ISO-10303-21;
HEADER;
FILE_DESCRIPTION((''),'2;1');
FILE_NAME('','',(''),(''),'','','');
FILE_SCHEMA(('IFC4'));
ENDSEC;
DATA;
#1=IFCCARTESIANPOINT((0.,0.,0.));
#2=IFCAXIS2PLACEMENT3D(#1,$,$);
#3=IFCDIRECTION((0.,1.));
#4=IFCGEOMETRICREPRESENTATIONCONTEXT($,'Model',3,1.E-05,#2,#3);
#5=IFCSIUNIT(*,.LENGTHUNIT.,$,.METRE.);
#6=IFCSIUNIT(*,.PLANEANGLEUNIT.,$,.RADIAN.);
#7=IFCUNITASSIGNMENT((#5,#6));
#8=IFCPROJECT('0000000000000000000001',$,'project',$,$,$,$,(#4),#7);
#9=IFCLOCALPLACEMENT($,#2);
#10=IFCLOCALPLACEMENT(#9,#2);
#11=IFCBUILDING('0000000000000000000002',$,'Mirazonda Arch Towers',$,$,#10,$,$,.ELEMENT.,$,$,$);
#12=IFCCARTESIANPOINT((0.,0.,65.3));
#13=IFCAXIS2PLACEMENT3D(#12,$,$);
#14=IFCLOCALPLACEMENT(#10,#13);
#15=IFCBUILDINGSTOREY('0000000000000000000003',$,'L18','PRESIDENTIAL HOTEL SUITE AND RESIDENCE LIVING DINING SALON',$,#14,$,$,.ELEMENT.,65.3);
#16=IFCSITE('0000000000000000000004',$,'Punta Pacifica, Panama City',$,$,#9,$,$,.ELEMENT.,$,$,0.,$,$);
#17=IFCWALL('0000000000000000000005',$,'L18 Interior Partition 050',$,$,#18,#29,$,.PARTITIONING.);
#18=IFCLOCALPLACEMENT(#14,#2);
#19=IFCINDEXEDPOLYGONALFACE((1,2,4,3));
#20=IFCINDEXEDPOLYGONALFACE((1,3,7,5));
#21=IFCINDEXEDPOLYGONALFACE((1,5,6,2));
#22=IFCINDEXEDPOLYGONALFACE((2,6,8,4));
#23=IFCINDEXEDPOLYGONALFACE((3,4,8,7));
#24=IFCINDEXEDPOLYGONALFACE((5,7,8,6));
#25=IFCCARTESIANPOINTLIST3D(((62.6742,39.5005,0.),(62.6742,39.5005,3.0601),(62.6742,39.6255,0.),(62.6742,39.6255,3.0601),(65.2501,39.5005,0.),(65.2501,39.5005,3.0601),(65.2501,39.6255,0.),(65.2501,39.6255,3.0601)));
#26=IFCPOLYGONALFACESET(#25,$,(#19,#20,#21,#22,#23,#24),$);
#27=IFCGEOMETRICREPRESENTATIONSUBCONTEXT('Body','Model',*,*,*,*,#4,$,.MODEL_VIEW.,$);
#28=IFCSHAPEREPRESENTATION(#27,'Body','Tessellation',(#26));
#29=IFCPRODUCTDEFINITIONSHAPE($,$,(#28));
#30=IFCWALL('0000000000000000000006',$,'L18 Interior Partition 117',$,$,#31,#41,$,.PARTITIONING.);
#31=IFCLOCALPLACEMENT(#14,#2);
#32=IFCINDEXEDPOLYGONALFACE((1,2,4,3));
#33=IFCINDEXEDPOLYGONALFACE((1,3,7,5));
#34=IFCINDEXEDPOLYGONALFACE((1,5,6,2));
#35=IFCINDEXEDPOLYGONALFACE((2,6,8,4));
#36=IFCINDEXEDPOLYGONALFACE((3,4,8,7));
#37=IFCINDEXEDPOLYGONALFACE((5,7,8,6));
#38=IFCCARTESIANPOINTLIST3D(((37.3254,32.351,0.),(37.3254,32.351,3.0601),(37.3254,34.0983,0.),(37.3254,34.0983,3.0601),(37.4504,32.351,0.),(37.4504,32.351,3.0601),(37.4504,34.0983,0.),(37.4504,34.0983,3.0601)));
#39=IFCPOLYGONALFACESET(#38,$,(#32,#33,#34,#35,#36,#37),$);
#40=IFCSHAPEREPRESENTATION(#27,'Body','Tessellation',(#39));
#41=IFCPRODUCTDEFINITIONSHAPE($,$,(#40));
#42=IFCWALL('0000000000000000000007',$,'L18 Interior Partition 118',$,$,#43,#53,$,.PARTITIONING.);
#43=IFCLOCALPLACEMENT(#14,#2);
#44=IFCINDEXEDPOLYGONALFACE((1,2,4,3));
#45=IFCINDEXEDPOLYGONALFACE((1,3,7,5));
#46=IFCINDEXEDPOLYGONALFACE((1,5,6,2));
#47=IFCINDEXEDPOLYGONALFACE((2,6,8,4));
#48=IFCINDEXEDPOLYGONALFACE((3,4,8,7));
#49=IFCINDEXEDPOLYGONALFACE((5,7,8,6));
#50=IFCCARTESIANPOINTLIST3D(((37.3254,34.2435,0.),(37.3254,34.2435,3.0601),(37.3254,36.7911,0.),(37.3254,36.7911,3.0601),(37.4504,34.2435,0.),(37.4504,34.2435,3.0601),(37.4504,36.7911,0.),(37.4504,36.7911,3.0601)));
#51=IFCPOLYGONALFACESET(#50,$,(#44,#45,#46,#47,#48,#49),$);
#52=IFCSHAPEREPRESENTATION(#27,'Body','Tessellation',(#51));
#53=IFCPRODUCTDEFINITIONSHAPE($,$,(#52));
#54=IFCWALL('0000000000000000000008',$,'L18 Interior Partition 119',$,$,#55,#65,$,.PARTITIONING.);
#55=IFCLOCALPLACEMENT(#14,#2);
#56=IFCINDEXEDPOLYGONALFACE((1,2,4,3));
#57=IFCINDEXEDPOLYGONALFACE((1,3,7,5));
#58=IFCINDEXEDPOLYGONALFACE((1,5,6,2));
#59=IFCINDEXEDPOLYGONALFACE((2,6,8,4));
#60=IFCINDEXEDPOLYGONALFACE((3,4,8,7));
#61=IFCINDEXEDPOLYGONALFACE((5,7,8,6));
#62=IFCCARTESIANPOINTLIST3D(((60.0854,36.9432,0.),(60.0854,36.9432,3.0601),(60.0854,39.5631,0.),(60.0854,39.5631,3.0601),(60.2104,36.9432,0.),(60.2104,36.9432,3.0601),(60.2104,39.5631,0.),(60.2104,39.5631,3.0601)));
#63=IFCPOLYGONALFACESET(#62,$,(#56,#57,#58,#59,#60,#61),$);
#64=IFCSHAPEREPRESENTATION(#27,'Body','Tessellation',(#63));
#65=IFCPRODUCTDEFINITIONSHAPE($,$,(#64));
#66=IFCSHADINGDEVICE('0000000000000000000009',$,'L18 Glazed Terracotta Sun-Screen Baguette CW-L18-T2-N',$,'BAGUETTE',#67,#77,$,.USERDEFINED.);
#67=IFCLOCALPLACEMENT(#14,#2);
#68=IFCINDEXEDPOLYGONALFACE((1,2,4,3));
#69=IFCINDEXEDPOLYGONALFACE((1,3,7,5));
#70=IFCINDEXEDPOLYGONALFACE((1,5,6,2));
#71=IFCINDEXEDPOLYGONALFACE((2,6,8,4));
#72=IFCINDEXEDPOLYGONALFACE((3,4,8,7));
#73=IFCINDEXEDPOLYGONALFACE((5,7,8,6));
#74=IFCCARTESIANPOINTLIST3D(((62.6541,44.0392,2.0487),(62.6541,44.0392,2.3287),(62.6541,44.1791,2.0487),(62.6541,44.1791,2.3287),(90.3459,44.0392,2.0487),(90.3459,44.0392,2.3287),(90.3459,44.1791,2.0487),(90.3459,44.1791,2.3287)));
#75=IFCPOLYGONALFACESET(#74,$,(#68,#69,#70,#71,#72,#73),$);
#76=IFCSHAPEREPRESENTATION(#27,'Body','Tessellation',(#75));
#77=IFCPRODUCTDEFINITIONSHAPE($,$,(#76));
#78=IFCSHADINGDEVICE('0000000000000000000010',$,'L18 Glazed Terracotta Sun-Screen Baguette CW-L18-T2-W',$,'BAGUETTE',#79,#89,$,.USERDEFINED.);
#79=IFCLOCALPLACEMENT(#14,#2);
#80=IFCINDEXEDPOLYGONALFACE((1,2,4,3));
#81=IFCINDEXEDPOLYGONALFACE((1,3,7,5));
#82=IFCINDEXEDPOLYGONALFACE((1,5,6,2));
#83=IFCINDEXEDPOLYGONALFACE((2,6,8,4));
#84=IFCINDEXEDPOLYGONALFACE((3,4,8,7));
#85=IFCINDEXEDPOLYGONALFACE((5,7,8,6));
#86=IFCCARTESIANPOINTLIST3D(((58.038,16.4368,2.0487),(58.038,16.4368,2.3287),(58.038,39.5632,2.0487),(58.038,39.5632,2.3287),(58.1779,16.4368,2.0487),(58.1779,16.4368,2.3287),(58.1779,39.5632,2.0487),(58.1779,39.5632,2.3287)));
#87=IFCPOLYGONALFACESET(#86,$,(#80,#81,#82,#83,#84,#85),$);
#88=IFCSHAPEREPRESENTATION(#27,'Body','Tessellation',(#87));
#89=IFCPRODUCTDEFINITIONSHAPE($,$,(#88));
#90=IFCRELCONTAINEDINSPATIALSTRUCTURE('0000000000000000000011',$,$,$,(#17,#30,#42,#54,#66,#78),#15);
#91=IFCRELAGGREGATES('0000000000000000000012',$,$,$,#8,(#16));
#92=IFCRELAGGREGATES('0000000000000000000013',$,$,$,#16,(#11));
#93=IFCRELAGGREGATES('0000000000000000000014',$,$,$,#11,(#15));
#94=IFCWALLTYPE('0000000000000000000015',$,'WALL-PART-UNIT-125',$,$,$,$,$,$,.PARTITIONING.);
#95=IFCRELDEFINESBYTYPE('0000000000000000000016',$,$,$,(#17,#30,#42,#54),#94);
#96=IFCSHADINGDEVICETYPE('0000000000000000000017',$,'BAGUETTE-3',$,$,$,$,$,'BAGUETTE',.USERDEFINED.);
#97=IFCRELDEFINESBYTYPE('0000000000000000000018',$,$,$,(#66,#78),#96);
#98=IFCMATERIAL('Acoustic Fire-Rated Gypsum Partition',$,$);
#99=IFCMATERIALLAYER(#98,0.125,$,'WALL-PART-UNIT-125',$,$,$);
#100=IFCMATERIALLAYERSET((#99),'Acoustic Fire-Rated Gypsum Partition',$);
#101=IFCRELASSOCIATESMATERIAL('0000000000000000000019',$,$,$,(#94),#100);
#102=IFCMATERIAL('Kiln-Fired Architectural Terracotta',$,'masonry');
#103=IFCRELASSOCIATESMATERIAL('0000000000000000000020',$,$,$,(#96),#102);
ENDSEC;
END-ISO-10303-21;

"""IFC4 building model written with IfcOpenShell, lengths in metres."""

from ifc_helpers import new_model, si_unit, direction, frame, frame_2d, origin, origin_2d, place, context, subcontext, project, spatial, rectangle, extrude, material, layer, layer_set, material_profile, profile_set, type_object, element, save


model = new_model("IFC4")

# Units and contexts
model_context = context("Model", 3, precision=1e-05, world=origin(), true_north=direction((0.0, 1.0)))
body_context = subcontext(model_context, "Body", "Model", "MODEL_VIEW")
ifc_project = project(units=[si_unit("LENGTHUNIT", "METRE"), si_unit("PLANEANGLEUNIT", "RADIAN")], contexts=[model_context])

# Site, building, storey
site_placement = place(None, origin())
site = spatial("IfcSite", under=ifc_project, at=site_placement, Name="Punta Pacifica, Panama City", CompositionType="ELEMENT", RefElevation=0.0)
building_placement = place(site_placement, origin())
building = spatial("IfcBuilding", under=site, at=building_placement, Name="Mirazonda Arch Towers", CompositionType="ELEMENT")
storey_placement = place(building_placement, frame((0.0, 0.0, 65.3)))
storey = spatial("IfcBuildingStorey", under=building, at=storey_placement, Name="L18", Description="PRESIDENTIAL HOTEL SUITE AND RESIDENCE LIVING DINING SALON", CompositionType="ELEMENT", Elevation=65.3)

# Walls
ifc_material_1 = material(Name="Acoustic Fire-Rated Gypsum Partition")
ifc_layer_1 = layer(ifc_material_1, 0.125, Name="WALL-PART-UNIT-125")
ifc_layer_set_1 = layer_set([ifc_layer_1], Name="Acoustic Fire-Rated Gypsum Partition")
wall_type_1 = type_object("IfcWallType", Name="WALL-PART-UNIT-125", PredefinedType="PARTITIONING", material=ifc_layer_set_1)
wall_1_placement = place(storey_placement, frame((62.6741, 39.563, 0.0), z_axis=(0.0, 0.0, 1.0), x_axis=(1.0, 0.0, 0.0)))
element("IfcWall", 1, at=wall_1_placement, inside=storey, type_object=wall_type_1, Name="L18 Interior Partition 050", PredefinedType="PARTITIONING", context=body_context, shape_type="SweptSolid", body=[
    extrude(rectangle(XDim=2.5759, YDim=0.125, at=frame_2d((1.2881, 0.0))), origin(), (0.0, 0.0, 1.0), 3.0601),
])
wall_2_placement = place(storey_placement, frame((37.3879, 32.3511, 0.0), z_axis=(0.0, 0.0, 1.0), x_axis=(0.0, 1.0, 0.0)))
element("IfcWall", 2, at=wall_2_placement, inside=storey, type_object=wall_type_1, Name="L18 Interior Partition 117", PredefinedType="PARTITIONING", context=body_context, shape_type="SweptSolid", body=[
    extrude(rectangle(XDim=1.7473, YDim=0.125, at=frame_2d((0.8735, 0.0))), origin(), (0.0, 0.0, 1.0), 3.0601),
])
wall_3_placement = place(storey_placement, frame((37.3879, 34.2434, 0.0), z_axis=(0.0, 0.0, 1.0), x_axis=(0.0, 1.0, 0.0)))
element("IfcWall", 3, at=wall_3_placement, inside=storey, type_object=wall_type_1, Name="L18 Interior Partition 118", PredefinedType="PARTITIONING", context=body_context, shape_type="SweptSolid", body=[
    extrude(rectangle(XDim=2.5476, YDim=0.125, at=frame_2d((1.2739, 0.0))), origin(), (0.0, 0.0, 1.0), 3.0601),
])
wall_4_placement = place(storey_placement, frame((60.1479, 36.9431, 0.0), z_axis=(0.0, 0.0, 1.0), x_axis=(0.0, 1.0, 0.0)))
element("IfcWall", 4, at=wall_4_placement, inside=storey, type_object=wall_type_1, Name="L18 Interior Partition 119", PredefinedType="PARTITIONING", context=body_context, shape_type="SweptSolid", body=[
    extrude(rectangle(XDim=2.6199, YDim=0.125, at=frame_2d((1.3101, 0.0))), origin(), (0.0, 0.0, 1.0), 3.0601),
])

# Shading devices
ifc_material_2 = material(Name="Kiln-Fired Architectural Terracotta", Category="masonry")
ifc_material_profile_1 = material_profile(ifc_material_2, rectangle(XDim=0.1399, YDim=0.28, at=origin_2d()), Name="TERRA-BAG-140x280")
ifc_profile_set_1 = profile_set([ifc_material_profile_1], Name="Kiln-Fired Architectural Terracotta")
shading_device_type = type_object("IfcShadingDeviceType", Name="BAGUETTE-3", ElementType="BAGUETTE", PredefinedType="USERDEFINED", material=ifc_profile_set_1)
shading_device_1_placement = place(storey_placement, frame((62.6541, 44.1091, 2.1887), z_axis=(1.0, 0.0, 0.0), x_axis=(0.0, 1.0, 0.0)))
element("IfcShadingDevice", 5, at=shading_device_1_placement, inside=storey, type_object=shading_device_type, Name="L18 Glazed Terracotta Sun-Screen Baguette CW-L18-T2-N", ObjectType="BAGUETTE", PredefinedType="USERDEFINED", context=body_context, shape_type="SweptSolid", body=[
    extrude(rectangle(XDim=0.1399, YDim=0.28, at=origin_2d()), origin(), (0.0, 0.0, 1.0), 27.6919),
])
shading_device_2_placement = place(storey_placement, frame((58.1079, 39.5632, 2.1887), z_axis=(0.0, -1.0, 0.0), x_axis=(1.0, 0.0, 0.0)))
element("IfcShadingDevice", 6, at=shading_device_2_placement, inside=storey, type_object=shading_device_type, Name="L18 Glazed Terracotta Sun-Screen Baguette CW-L18-T2-W", ObjectType="BAGUETTE", PredefinedType="USERDEFINED", context=body_context, shape_type="SweptSolid", body=[
    extrude(rectangle(XDim=0.1399, YDim=0.28, at=origin_2d()), origin(), (0.0, 0.0, 1.0), 23.1265),
])

save(model, "model.ifc")
